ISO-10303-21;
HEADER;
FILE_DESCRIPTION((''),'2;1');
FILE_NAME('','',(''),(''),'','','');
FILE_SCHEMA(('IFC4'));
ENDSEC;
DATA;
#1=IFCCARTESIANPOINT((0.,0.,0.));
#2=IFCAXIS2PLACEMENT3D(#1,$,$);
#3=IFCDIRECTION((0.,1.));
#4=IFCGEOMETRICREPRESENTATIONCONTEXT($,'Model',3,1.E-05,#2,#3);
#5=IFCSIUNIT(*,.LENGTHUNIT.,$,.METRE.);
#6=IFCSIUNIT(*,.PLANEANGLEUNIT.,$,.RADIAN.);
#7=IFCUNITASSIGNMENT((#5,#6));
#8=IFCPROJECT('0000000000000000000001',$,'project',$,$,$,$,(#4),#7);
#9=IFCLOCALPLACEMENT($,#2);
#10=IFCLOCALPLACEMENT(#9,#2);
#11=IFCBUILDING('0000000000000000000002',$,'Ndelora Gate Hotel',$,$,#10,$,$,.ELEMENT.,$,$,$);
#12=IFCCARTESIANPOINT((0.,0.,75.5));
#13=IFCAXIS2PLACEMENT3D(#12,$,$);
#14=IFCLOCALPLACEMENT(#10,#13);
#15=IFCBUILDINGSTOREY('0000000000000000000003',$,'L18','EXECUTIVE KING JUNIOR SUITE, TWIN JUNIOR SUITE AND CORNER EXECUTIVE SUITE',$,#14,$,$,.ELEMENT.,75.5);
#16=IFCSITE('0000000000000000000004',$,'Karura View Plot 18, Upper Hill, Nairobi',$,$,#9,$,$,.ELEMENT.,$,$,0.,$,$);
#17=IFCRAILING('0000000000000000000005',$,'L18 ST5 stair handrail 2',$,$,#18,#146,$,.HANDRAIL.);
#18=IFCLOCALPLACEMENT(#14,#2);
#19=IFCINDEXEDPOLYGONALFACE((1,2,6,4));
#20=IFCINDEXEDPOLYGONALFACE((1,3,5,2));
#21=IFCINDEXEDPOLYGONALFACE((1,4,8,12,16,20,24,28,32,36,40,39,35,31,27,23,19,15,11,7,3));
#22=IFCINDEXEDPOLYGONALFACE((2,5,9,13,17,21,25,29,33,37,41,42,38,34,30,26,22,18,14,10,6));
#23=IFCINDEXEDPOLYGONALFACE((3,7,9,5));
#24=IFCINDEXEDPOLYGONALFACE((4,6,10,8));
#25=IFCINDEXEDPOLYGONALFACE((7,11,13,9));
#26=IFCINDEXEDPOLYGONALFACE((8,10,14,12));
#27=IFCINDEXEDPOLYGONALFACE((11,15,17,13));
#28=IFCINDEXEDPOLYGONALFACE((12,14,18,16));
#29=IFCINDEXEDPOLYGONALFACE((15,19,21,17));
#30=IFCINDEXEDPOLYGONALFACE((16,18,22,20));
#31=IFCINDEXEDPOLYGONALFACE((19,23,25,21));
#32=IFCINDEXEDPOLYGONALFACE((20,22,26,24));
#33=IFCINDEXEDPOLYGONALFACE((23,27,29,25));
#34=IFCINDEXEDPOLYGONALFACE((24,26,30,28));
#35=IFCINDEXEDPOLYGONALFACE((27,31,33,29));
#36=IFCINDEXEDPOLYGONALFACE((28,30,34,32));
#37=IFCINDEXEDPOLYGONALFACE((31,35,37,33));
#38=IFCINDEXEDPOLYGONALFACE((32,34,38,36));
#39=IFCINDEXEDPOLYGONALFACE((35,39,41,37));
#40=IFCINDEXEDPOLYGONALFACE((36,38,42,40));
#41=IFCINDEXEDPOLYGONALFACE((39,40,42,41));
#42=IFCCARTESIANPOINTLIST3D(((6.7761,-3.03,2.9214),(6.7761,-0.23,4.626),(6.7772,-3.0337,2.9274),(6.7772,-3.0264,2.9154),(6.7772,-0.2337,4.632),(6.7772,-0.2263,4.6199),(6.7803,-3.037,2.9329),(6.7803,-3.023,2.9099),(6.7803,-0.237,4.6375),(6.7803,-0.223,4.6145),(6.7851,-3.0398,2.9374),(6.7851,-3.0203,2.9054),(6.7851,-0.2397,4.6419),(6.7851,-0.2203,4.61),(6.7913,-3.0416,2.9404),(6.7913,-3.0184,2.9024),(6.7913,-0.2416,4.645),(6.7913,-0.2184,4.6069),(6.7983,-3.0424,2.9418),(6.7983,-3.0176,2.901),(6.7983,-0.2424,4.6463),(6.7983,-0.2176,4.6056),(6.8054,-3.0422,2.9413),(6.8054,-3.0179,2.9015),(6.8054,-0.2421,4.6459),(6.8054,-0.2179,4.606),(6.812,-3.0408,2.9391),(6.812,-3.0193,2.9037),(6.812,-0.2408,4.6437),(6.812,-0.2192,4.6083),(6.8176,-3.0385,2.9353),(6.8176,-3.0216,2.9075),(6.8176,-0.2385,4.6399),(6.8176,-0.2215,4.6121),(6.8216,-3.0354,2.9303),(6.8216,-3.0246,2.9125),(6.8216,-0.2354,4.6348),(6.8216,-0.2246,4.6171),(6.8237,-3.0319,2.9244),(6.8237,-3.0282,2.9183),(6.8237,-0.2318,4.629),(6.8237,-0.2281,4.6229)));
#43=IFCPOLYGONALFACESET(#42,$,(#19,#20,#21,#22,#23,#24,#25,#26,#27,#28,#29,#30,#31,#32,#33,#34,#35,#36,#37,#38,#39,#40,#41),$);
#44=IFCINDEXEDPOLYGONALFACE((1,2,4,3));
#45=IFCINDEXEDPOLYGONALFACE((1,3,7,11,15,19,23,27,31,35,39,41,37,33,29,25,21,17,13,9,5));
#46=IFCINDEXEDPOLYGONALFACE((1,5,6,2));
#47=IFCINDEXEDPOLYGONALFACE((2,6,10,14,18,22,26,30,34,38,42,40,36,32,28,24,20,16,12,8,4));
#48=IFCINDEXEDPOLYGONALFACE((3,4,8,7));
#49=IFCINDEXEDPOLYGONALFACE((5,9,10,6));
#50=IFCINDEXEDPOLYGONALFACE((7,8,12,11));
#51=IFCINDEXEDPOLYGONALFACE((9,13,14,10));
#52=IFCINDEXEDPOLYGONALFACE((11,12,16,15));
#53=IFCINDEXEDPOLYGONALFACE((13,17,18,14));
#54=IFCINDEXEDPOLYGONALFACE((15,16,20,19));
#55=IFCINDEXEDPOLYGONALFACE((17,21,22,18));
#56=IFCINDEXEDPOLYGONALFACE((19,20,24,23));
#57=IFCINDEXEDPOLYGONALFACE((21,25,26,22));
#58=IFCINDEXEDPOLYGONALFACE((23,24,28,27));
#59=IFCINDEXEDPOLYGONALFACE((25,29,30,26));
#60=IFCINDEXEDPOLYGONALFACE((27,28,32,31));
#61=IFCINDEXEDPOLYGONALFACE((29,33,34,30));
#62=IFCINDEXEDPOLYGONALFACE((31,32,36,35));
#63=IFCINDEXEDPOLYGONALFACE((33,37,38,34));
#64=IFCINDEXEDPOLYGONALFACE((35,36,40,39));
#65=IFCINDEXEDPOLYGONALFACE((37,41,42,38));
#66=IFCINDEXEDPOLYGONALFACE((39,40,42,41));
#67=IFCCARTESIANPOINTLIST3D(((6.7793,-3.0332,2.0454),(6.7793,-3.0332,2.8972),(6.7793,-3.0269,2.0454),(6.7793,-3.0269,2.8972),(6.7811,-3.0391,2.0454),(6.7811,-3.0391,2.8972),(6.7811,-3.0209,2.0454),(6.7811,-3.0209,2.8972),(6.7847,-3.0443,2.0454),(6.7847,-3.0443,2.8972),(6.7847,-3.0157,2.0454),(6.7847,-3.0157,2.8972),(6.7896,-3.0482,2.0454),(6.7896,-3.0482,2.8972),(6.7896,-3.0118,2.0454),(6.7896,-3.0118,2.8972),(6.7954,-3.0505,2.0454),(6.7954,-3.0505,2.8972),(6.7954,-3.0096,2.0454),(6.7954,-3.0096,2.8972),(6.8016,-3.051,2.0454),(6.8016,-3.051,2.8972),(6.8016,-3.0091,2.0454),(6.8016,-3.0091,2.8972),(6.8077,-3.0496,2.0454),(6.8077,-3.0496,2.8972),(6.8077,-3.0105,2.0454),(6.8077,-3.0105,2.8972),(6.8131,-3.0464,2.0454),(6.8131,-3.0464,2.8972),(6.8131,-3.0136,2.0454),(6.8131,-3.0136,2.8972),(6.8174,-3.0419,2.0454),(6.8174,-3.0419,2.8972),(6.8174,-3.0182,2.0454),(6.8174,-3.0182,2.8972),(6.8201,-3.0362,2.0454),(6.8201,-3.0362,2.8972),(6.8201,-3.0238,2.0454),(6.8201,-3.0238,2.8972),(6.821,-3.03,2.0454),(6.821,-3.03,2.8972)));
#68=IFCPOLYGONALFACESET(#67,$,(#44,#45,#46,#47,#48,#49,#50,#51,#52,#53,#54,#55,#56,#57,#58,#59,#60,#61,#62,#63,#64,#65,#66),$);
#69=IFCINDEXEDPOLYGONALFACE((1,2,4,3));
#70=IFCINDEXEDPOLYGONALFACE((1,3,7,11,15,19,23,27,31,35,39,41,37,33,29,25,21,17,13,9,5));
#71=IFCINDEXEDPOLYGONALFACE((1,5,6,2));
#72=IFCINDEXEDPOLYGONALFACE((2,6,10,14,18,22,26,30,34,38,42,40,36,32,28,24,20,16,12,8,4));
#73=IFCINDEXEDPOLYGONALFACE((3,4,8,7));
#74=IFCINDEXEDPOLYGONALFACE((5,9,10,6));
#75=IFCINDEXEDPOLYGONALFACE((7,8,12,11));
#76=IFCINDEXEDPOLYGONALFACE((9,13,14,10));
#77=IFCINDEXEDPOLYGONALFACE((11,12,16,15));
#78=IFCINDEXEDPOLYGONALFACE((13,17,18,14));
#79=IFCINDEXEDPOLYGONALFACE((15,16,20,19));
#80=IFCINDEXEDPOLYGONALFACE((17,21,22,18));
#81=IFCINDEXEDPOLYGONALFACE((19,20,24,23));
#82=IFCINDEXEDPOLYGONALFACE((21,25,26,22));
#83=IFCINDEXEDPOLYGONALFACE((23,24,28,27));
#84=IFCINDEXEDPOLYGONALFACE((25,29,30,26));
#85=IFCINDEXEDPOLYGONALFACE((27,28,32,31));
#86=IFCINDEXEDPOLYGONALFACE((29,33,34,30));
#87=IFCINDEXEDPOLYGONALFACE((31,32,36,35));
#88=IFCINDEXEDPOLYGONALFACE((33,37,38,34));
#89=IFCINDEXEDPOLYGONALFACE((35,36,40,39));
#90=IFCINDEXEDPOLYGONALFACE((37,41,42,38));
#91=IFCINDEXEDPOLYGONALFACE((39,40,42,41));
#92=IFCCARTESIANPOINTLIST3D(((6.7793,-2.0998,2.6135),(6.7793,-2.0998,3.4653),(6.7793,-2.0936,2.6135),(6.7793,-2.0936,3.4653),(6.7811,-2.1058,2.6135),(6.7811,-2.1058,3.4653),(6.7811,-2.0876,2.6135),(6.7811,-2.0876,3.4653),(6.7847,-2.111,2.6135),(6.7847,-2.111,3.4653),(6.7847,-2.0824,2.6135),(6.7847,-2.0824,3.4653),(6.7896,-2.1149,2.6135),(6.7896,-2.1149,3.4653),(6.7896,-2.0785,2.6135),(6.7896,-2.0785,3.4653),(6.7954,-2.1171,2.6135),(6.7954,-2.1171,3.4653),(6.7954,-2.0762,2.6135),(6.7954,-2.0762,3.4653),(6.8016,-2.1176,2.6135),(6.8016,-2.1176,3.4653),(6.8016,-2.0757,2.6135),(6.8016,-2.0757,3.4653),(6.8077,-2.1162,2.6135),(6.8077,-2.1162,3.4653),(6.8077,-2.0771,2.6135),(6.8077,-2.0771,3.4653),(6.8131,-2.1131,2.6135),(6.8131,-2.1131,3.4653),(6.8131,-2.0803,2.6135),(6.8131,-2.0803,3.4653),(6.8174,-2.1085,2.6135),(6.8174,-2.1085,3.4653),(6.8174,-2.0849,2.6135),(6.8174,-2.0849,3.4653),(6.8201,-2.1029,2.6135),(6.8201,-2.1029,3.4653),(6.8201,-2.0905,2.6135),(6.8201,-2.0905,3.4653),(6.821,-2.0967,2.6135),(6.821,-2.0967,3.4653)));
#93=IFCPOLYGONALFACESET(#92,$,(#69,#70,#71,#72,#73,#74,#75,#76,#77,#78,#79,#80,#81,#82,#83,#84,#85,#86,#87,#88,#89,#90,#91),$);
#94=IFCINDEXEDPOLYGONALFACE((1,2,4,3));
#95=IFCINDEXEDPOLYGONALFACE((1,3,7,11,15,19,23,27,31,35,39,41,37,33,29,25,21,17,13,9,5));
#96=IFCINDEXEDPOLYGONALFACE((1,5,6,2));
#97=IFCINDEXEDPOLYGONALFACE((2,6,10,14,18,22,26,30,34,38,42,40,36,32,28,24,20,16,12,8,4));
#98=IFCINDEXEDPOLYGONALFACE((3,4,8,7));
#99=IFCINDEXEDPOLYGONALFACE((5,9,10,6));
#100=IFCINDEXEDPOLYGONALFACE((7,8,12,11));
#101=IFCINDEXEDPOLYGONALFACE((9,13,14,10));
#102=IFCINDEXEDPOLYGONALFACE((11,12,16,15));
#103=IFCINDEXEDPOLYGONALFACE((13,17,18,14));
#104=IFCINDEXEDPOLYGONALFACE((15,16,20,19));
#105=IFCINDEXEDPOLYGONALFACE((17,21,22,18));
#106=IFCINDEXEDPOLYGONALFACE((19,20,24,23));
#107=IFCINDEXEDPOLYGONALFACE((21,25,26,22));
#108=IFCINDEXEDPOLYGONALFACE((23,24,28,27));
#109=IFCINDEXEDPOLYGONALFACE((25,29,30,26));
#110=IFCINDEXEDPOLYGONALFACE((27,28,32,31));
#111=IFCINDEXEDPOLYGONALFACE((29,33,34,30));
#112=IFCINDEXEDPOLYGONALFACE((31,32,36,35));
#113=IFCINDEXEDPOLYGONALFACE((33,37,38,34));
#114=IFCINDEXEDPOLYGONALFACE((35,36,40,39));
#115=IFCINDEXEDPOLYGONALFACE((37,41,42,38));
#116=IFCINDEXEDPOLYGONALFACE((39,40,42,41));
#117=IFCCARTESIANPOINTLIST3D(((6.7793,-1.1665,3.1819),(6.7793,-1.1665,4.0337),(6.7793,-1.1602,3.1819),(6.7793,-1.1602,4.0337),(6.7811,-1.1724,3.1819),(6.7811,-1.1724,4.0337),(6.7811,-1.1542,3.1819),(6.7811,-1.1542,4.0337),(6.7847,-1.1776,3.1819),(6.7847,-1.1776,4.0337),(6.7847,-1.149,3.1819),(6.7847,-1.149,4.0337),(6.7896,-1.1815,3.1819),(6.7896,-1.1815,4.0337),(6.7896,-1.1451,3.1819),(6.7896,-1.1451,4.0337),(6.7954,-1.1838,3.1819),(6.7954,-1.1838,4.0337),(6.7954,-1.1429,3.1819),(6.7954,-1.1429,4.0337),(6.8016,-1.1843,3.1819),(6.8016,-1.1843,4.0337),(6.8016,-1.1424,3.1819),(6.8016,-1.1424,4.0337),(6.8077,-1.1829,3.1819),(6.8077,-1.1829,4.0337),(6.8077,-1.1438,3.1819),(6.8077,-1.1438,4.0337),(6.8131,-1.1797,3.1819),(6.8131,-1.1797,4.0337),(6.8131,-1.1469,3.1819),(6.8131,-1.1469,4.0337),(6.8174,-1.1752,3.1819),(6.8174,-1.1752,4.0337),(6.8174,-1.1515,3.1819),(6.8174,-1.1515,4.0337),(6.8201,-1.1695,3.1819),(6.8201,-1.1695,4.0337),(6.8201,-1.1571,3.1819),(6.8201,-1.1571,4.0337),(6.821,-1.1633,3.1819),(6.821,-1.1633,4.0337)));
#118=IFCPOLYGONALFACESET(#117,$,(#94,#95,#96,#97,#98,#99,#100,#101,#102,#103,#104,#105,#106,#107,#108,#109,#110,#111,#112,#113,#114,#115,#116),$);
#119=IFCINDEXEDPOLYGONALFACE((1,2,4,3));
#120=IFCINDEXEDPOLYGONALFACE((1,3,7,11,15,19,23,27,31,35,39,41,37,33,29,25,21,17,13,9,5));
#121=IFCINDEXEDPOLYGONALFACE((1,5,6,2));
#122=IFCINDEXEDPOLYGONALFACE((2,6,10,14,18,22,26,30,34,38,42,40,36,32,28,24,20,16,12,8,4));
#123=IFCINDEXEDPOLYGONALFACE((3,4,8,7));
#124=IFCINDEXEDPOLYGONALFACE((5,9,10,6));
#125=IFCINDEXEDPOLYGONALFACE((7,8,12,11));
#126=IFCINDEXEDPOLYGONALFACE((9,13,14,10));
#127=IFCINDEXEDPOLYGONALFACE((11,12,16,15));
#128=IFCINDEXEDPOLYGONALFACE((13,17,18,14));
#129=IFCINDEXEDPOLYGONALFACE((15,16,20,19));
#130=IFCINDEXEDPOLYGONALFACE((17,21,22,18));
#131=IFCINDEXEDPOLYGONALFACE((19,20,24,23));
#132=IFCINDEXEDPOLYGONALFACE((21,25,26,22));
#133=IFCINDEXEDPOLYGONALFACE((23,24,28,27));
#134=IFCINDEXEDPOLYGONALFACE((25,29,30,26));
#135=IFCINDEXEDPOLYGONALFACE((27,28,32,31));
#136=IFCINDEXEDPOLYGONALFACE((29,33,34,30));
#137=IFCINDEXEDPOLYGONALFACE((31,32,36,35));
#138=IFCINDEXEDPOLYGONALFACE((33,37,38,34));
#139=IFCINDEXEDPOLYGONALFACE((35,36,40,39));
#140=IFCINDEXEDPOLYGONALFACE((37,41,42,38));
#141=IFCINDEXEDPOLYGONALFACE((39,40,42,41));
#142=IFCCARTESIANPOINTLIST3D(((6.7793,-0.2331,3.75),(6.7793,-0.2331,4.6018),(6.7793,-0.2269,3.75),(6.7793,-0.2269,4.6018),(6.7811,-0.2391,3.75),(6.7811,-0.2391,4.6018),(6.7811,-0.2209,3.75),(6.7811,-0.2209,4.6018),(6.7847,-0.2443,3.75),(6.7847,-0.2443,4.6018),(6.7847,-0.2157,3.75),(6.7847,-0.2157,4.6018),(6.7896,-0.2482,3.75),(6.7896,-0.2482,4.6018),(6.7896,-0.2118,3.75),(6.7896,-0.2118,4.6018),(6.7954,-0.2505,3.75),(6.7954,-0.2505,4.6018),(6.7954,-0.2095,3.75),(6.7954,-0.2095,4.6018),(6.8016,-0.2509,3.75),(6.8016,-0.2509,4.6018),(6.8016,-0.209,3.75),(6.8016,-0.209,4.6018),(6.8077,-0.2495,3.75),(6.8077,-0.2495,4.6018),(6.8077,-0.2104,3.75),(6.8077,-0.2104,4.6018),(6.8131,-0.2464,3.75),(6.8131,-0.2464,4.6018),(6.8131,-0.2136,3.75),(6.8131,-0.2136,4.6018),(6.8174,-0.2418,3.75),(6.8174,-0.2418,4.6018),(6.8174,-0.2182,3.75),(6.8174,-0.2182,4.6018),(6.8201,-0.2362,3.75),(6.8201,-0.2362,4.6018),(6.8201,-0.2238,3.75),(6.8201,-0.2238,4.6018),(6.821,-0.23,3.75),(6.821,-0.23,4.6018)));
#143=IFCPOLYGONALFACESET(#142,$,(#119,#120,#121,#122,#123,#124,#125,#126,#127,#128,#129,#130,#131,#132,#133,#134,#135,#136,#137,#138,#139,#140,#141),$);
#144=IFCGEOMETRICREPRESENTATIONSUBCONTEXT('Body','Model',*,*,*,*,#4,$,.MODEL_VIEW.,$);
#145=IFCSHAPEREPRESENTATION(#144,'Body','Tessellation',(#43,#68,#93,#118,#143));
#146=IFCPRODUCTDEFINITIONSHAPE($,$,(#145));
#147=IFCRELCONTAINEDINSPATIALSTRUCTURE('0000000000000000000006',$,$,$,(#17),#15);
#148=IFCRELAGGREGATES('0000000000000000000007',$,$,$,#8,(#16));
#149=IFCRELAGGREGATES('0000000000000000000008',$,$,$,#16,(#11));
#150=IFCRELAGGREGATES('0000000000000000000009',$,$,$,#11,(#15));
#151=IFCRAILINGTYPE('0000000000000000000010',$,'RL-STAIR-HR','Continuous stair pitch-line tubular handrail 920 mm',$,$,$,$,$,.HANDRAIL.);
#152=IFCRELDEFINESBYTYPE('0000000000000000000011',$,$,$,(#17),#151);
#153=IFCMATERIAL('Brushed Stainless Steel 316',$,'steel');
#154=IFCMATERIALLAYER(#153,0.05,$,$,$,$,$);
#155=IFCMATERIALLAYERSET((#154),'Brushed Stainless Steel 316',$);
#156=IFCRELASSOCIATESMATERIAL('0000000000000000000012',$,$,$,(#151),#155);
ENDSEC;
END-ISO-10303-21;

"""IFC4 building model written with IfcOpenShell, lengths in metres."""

from ifc_helpers import new_model, si_unit, direction, frame, origin, origin_2d, place, context, subcontext, project, spatial, circle, extrude, material, layer, layer_set, type_object, element, save


model = new_model("IFC4")

# Units and contexts
model_context = context("Model", 3, precision=1e-05, world=origin(), true_north=direction((0.0, 1.0)))
body_context = subcontext(model_context, "Body", "Model", "MODEL_VIEW")
ifc_project = project(units=[si_unit("LENGTHUNIT", "METRE"), si_unit("PLANEANGLEUNIT", "RADIAN")], contexts=[model_context])

# Site, building, storey
site_placement = place(None, origin())
site = spatial("IfcSite", under=ifc_project, at=site_placement, Name="Karura View Plot 18, Upper Hill, Nairobi", CompositionType="ELEMENT", RefElevation=0.0)
building_placement = place(site_placement, origin())
building = spatial("IfcBuilding", under=site, at=building_placement, Name="Ndelora Gate Hotel", CompositionType="ELEMENT")
storey_placement = place(building_placement, frame((0.0, 0.0, 75.5)))
storey = spatial("IfcBuildingStorey", under=building, at=storey_placement, Name="L18", Description="EXECUTIVE KING JUNIOR SUITE, TWIN JUNIOR SUITE AND CORNER EXECUTIVE SUITE", CompositionType="ELEMENT", Elevation=75.5)

# Railing
ifc_material_1 = material(Name="Brushed Stainless Steel 316", Category="steel")
ifc_layer_1 = layer(ifc_material_1, 0.05)
ifc_layer_set_1 = layer_set([ifc_layer_1], Name="Brushed Stainless Steel 316")
railing_type_1 = type_object("IfcRailingType", Name="RL-STAIR-HR", Description="Continuous stair pitch-line tubular handrail 920 mm", PredefinedType="HANDRAIL", material=ifc_layer_set_1)
railing_1_placement = place(storey_placement, frame((6.8, -3.03, 2.0454)))
element("IfcRailing", 1, at=railing_1_placement, inside=storey, type_object=railing_type_1, Name="L18 ST5 stair handrail 2", PredefinedType="HANDRAIL", context=body_context, shape_type="SweptSolid", body=[
    extrude(circle(Radius=0.0239, at=origin_2d()), frame((0.0, 0.0, 0.876), z_axis=(0.0, 0.85417, 0.519994), x_axis=(-1.0, 0.0, 0.0)), (0.0, 0.0, 1.0), 3.2781),
    extrude(circle(Radius=0.021, at=origin_2d()), origin(), (0.0, 0.0, 1.0), 0.8518),
    extrude(circle(Radius=0.021, at=origin_2d()), frame((0.0, 0.9333, 0.5681)), (0.0, 0.0, 1.0), 0.8518),
    extrude(circle(Radius=0.021, at=origin_2d()), frame((0.0, 1.8667, 1.1365)), (0.0, 0.0, 1.0), 0.8518),
    extrude(circle(Radius=0.021, at=origin_2d()), frame((0.0, 2.8, 1.7046)), (0.0, 0.0, 1.0), 0.8518),
])

save(model, "model.ifc")
